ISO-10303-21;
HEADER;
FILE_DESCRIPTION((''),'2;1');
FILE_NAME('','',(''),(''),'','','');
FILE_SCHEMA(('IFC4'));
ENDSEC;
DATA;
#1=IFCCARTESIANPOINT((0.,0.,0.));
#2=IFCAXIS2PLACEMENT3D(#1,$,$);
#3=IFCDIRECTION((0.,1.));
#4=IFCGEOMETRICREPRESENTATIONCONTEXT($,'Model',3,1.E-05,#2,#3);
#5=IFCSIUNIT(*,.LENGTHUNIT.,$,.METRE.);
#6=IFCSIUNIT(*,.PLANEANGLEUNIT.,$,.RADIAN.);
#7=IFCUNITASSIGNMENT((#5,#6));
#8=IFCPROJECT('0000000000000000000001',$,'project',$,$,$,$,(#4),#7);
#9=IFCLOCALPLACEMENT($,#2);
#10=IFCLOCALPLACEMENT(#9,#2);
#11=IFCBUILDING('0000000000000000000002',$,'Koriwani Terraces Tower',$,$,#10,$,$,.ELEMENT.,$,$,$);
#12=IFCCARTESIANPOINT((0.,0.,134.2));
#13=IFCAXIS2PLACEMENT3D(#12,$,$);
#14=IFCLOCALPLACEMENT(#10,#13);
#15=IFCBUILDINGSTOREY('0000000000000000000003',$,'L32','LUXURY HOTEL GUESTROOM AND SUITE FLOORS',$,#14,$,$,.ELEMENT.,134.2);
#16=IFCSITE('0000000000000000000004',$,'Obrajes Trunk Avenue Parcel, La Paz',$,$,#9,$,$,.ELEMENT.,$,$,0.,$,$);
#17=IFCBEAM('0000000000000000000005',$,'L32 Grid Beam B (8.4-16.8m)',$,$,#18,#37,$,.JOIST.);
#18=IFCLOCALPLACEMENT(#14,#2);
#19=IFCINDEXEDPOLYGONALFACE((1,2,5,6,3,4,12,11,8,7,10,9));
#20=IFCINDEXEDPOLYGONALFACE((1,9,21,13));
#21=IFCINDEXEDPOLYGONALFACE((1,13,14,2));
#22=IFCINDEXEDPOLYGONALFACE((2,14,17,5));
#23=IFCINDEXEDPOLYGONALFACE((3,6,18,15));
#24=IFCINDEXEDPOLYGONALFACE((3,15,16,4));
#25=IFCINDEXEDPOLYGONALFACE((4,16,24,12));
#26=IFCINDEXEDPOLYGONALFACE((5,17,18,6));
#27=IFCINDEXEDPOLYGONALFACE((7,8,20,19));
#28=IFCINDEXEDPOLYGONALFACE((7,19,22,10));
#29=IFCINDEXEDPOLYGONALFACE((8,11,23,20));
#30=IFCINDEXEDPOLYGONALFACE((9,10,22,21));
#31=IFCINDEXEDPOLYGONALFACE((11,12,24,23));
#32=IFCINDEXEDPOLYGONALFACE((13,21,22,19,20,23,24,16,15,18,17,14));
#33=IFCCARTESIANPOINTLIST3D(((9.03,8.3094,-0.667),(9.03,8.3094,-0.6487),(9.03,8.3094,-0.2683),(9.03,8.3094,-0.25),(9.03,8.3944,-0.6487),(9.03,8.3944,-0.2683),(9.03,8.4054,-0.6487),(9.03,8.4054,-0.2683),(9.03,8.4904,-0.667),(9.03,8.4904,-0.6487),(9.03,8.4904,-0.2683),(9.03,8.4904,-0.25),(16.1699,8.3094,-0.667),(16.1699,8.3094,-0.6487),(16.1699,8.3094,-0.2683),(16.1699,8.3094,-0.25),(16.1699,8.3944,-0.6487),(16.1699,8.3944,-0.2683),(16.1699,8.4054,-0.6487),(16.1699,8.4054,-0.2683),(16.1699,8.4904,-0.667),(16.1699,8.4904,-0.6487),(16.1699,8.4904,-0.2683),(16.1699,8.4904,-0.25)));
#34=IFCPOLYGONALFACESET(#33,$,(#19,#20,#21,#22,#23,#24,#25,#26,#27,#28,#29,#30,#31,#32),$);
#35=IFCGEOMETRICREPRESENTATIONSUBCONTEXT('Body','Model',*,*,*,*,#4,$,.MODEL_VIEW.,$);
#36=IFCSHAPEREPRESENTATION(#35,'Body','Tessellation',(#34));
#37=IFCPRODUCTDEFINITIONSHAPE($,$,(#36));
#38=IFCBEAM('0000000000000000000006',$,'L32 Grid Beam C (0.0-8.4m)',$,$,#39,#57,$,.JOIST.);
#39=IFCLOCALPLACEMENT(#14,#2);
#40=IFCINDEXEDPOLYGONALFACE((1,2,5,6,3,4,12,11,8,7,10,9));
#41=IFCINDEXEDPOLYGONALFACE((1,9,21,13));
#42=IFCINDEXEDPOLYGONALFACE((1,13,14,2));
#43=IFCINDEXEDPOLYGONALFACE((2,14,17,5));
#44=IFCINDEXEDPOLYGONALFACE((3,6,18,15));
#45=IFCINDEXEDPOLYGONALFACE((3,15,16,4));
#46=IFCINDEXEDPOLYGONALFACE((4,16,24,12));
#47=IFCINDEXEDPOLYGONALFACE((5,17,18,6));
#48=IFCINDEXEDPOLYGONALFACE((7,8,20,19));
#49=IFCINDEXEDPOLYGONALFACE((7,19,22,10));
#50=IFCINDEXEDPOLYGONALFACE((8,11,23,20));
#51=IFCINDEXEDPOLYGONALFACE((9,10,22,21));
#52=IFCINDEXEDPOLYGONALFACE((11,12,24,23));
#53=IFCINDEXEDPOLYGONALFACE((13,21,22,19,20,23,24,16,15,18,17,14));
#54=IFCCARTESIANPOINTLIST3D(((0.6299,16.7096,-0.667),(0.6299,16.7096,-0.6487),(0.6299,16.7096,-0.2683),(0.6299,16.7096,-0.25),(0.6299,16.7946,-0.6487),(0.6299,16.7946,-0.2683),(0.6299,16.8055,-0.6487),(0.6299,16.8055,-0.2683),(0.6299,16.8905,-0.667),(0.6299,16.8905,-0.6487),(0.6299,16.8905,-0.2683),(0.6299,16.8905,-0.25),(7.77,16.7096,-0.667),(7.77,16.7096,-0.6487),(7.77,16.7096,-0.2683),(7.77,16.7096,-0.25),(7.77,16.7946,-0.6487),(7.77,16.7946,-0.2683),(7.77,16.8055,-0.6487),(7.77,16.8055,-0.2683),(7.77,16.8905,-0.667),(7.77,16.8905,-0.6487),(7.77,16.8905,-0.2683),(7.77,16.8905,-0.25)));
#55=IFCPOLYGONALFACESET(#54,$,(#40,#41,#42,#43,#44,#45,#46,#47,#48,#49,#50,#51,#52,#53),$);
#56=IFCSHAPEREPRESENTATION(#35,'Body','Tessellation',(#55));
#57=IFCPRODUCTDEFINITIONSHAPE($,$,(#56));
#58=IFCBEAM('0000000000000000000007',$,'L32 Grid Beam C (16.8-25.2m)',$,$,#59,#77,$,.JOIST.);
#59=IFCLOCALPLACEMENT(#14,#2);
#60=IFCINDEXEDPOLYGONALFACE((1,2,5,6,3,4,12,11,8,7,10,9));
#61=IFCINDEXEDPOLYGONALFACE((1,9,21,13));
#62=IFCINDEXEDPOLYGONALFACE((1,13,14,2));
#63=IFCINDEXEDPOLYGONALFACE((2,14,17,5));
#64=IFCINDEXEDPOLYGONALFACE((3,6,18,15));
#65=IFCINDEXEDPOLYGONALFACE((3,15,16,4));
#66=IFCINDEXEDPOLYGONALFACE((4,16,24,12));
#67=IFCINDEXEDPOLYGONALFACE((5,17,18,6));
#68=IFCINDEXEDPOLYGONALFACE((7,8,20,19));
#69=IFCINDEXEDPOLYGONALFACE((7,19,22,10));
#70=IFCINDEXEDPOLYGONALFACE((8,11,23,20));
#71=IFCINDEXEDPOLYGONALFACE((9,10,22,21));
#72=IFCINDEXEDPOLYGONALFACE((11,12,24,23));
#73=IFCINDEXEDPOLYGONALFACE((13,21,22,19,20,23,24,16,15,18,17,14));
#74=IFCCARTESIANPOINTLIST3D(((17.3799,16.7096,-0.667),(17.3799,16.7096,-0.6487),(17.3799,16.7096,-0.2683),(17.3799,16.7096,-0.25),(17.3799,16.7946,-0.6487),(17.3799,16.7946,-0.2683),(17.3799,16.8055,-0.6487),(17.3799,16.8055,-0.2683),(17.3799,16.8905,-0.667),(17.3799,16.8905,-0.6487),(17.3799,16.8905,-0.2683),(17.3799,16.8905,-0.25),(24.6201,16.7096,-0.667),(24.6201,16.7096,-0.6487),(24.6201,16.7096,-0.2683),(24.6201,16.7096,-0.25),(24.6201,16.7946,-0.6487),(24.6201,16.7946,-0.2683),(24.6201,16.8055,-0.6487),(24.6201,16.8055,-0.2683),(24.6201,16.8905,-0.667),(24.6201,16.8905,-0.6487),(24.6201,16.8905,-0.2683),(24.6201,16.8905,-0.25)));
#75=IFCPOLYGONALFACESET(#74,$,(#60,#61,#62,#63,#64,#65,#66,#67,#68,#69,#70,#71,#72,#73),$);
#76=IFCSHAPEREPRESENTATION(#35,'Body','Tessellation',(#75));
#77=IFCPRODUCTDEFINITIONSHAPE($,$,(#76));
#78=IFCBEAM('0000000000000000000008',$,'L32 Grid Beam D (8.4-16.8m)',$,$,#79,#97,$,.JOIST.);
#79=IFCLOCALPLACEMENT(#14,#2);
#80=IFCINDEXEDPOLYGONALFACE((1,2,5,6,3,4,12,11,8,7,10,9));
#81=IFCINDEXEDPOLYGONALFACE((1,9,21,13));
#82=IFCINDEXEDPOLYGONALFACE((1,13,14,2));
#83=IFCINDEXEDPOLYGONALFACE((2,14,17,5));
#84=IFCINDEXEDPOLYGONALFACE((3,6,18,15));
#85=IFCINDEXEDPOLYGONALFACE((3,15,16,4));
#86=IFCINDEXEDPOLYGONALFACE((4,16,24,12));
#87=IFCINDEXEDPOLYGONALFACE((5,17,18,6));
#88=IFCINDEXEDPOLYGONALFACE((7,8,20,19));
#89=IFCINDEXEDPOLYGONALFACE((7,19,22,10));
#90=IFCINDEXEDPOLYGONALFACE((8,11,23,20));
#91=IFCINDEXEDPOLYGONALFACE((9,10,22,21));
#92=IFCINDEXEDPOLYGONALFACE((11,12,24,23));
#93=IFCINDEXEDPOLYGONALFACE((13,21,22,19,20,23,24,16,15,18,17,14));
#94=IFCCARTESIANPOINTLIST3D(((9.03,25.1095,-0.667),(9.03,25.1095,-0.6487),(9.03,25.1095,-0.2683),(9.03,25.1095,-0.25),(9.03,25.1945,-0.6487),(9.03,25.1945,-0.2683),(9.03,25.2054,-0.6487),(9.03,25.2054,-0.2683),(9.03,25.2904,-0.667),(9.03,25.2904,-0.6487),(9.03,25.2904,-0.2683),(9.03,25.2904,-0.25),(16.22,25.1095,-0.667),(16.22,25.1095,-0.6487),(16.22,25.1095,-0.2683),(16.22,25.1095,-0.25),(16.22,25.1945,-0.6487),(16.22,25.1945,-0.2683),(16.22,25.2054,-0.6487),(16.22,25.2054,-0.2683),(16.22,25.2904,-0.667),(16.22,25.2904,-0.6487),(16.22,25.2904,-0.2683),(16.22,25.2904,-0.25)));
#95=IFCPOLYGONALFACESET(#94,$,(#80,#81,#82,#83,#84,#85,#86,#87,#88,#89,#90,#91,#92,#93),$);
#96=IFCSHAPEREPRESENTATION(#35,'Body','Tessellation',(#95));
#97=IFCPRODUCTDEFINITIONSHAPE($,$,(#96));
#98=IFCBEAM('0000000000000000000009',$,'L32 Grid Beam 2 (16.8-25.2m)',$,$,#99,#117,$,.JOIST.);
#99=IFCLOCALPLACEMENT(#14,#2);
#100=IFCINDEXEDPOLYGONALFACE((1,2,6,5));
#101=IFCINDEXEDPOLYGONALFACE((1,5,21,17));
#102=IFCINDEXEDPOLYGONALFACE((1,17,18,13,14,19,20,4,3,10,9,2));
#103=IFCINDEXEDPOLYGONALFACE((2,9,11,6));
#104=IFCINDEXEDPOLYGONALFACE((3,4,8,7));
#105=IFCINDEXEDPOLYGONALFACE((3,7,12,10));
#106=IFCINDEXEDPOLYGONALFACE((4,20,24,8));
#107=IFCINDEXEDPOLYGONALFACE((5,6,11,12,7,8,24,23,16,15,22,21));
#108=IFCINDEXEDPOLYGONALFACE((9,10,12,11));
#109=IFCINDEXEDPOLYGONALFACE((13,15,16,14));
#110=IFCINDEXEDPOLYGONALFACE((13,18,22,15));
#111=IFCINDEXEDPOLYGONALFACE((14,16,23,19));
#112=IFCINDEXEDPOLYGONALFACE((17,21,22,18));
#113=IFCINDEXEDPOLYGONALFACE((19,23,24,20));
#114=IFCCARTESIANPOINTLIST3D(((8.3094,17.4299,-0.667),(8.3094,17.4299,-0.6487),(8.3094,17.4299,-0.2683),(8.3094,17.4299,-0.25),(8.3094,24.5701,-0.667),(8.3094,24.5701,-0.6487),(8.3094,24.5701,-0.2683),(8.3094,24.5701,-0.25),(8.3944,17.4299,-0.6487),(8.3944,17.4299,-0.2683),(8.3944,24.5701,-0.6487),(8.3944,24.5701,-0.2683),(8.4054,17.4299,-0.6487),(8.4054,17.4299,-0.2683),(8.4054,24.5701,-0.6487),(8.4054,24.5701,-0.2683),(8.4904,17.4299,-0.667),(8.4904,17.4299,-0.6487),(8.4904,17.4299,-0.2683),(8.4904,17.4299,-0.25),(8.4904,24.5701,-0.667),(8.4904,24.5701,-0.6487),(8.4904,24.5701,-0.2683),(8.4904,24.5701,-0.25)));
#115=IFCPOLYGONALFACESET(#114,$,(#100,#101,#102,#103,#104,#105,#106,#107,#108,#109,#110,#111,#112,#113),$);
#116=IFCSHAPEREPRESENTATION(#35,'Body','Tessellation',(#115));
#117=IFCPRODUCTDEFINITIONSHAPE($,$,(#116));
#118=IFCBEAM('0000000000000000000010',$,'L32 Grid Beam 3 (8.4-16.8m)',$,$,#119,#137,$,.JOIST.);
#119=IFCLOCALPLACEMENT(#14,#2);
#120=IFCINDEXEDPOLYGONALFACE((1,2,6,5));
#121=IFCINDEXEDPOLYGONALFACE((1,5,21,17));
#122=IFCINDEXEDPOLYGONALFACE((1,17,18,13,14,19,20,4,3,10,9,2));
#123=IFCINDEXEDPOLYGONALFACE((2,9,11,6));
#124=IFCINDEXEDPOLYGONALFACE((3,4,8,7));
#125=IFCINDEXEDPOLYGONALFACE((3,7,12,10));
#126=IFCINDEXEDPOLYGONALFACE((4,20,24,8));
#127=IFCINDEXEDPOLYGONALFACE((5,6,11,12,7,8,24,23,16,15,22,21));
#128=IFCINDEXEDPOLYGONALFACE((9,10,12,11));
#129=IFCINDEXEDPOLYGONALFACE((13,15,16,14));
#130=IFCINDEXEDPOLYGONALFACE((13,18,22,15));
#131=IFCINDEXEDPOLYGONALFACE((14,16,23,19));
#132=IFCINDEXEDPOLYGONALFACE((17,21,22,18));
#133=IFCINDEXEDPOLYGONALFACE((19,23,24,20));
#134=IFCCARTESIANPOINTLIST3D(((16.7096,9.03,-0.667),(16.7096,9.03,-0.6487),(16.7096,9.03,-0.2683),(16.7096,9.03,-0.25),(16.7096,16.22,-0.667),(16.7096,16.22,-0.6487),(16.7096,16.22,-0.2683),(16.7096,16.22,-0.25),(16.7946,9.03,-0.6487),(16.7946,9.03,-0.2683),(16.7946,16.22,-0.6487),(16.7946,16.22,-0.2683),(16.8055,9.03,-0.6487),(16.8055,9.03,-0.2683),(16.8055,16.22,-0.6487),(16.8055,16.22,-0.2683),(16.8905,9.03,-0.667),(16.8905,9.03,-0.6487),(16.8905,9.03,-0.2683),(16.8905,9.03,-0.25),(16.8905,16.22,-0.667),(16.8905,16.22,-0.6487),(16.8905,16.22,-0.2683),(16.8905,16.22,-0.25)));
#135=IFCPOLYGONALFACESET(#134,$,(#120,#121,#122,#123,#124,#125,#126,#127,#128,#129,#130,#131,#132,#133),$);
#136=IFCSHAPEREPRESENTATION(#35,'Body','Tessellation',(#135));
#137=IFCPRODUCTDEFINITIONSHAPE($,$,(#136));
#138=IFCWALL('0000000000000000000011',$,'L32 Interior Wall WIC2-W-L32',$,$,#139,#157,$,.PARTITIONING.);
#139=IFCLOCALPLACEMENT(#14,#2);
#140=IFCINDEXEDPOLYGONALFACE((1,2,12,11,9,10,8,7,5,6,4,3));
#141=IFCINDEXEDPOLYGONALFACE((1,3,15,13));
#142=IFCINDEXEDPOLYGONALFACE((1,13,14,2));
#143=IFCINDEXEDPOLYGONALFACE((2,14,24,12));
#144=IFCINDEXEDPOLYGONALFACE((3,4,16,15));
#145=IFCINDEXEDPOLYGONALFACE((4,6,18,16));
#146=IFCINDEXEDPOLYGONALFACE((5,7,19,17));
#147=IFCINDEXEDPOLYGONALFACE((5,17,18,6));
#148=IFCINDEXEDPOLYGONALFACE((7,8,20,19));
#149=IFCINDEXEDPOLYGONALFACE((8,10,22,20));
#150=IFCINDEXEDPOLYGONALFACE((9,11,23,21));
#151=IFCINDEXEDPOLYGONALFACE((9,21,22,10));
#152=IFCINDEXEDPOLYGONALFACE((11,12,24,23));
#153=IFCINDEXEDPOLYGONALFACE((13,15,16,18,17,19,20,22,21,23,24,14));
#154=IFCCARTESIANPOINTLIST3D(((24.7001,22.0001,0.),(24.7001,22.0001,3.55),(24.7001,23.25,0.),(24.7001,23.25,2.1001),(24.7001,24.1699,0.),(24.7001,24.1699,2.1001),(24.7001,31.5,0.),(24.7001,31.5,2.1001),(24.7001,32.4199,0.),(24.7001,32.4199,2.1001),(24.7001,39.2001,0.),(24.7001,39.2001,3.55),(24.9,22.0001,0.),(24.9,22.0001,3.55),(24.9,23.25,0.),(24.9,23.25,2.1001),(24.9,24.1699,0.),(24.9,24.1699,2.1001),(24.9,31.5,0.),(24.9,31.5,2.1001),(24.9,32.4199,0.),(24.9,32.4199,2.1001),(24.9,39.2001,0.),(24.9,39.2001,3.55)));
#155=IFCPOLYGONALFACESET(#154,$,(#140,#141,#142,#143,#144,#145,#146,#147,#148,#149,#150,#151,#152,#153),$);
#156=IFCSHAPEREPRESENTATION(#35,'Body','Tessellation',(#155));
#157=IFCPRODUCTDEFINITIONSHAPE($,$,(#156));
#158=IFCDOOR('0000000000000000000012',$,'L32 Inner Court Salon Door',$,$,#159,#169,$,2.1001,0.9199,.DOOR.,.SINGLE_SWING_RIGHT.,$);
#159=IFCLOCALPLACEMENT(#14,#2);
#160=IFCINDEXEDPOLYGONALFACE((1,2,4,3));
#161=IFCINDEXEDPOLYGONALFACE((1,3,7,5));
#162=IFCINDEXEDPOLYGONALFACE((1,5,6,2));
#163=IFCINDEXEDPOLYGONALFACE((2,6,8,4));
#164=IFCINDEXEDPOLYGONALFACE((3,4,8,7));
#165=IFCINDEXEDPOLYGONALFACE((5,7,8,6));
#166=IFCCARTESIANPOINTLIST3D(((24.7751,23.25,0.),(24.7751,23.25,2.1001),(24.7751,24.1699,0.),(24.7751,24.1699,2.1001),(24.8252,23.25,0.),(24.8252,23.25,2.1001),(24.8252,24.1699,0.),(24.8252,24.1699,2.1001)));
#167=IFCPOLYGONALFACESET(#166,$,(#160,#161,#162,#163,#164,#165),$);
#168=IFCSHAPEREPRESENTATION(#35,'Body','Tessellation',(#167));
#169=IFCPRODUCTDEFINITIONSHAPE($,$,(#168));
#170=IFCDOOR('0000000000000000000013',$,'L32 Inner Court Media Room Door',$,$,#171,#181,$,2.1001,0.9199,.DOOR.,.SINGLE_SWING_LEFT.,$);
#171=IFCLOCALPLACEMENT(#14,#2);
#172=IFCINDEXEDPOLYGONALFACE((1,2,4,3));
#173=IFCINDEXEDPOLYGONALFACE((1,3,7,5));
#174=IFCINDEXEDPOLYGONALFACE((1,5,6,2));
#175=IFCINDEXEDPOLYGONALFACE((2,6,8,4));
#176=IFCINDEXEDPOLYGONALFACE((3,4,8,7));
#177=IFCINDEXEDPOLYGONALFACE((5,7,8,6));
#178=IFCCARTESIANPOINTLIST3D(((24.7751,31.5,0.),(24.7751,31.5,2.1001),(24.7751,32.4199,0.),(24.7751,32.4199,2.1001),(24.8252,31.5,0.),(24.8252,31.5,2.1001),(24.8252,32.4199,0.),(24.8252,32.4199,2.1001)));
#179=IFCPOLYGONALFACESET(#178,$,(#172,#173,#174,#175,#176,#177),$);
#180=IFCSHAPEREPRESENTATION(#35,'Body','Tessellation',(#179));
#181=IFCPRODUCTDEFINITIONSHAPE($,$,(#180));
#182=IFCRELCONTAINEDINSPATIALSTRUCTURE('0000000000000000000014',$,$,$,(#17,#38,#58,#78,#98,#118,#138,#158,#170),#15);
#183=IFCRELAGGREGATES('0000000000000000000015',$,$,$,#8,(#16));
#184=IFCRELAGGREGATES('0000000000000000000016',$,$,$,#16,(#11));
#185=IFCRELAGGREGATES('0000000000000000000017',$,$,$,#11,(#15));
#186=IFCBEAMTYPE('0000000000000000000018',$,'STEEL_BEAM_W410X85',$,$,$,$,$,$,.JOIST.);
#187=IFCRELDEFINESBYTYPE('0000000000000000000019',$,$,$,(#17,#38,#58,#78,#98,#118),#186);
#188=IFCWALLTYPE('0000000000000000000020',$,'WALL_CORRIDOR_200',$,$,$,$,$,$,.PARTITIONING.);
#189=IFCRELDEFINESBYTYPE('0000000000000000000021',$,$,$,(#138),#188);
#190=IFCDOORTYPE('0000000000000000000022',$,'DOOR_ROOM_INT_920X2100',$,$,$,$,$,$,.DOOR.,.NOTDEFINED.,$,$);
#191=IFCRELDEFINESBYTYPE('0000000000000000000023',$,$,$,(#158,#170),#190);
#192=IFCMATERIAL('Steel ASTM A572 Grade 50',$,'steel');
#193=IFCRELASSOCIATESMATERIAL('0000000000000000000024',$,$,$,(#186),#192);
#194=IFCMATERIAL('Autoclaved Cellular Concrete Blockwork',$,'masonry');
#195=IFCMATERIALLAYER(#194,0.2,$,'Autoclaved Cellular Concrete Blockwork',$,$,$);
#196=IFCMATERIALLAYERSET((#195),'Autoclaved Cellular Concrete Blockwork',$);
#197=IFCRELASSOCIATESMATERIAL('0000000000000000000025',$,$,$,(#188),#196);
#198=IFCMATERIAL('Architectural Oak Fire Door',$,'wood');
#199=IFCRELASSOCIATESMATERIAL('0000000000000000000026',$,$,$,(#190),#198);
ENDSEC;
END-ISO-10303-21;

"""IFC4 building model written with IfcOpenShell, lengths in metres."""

from ifc_helpers import new_model, si_unit, direction, frame, frame_2d, origin, origin_2d, place, context, subcontext, project, spatial, rectangle, i_section, extrude, material, layer, layer_set, material_profile, profile_set, type_object, element, fill, save


model = new_model("IFC4")

# Units and contexts
model_context = context("Model", 3, precision=1e-05, world=origin(), true_north=direction((0.0, 1.0)))
body_context = subcontext(model_context, "Body", "Model", "MODEL_VIEW")
ifc_project = project(units=[si_unit("LENGTHUNIT", "METRE"), si_unit("PLANEANGLEUNIT", "RADIAN")], contexts=[model_context])

# Site, building, storey
site_placement = place(None, origin())
site = spatial("IfcSite", under=ifc_project, at=site_placement, Name="Obrajes Trunk Avenue Parcel, La Paz", CompositionType="ELEMENT", RefElevation=0.0)
building_placement = place(site_placement, origin())
building = spatial("IfcBuilding", under=site, at=building_placement, Name="Koriwani Terraces Tower", CompositionType="ELEMENT")
storey_placement = place(building_placement, frame((0.0, 0.0, 134.2)))
storey = spatial("IfcBuildingStorey", under=building, at=storey_placement, Name="L32", Description="LUXURY HOTEL GUESTROOM AND SUITE FLOORS", CompositionType="ELEMENT", Elevation=134.2)

# Beams
ifc_material_1 = material(Name="Steel ASTM A572 Grade 50", Category="steel")
ifc_material_profile_1 = material_profile(ifc_material_1, i_section(OverallWidth=0.1809, OverallDepth=0.417, WebThickness=0.011, FlangeThickness=0.0183, at=origin_2d()), Name="Steel ASTM A572 Grade 50", Category="LoadBearing")
ifc_profile_set_1 = profile_set([ifc_material_profile_1], Name="Steel ASTM A572 Grade 50")
beam_type_1 = type_object("IfcBeamType", Name="STEEL_BEAM_W410X85", PredefinedType="JOIST", material=ifc_profile_set_1)
beam_1_placement = place(storey_placement, frame((9.03, 8.3999, -0.4585), z_axis=(1.0, 0.0, 0.0), x_axis=(0.0, 1.0, 0.0)))
element("IfcBeam", 1, at=beam_1_placement, inside=storey, type_object=beam_type_1, Name="L32 Grid Beam B (8.4-16.8m)", PredefinedType="JOIST", context=body_context, shape_type="SweptSolid", body=[
    extrude(i_section(OverallWidth=0.1809, OverallDepth=0.417, WebThickness=0.011, FlangeThickness=0.0183, at=origin_2d()), origin(), (0.0, 0.0, 1.0), 7.1399),
])
beam_2_placement = place(storey_placement, frame((0.6299, 16.8, -0.4585), z_axis=(1.0, 0.0, 0.0), x_axis=(0.0, 1.0, 0.0)))
element("IfcBeam", 2, at=beam_2_placement, inside=storey, type_object=beam_type_1, Name="L32 Grid Beam C (0.0-8.4m)", PredefinedType="JOIST", context=body_context, shape_type="SweptSolid", body=[
    extrude(i_section(OverallWidth=0.1809, OverallDepth=0.417, WebThickness=0.011, FlangeThickness=0.0183, at=origin_2d()), origin(), (0.0, 0.0, 1.0), 7.1401),
])
beam_3_placement = place(storey_placement, frame((17.3799, 16.8, -0.4585), z_axis=(1.0, 0.0, 0.0), x_axis=(0.0, 1.0, 0.0)))
element("IfcBeam", 3, at=beam_3_placement, inside=storey, type_object=beam_type_1, Name="L32 Grid Beam C (16.8-25.2m)", PredefinedType="JOIST", context=body_context, shape_type="SweptSolid", body=[
    extrude(i_section(OverallWidth=0.1809, OverallDepth=0.417, WebThickness=0.011, FlangeThickness=0.0183, at=origin_2d()), origin(), (0.0, 0.0, 1.0), 7.2402),
])
beam_4_placement = place(storey_placement, frame((9.03, 25.2, -0.4585), z_axis=(1.0, 0.0, 0.0), x_axis=(0.0, 1.0, 0.0)))
element("IfcBeam", 4, at=beam_4_placement, inside=storey, type_object=beam_type_1, Name="L32 Grid Beam D (8.4-16.8m)", PredefinedType="JOIST", context=body_context, shape_type="SweptSolid", body=[
    extrude(i_section(OverallWidth=0.1809, OverallDepth=0.417, WebThickness=0.011, FlangeThickness=0.0183, at=origin_2d()), origin(), (0.0, 0.0, 1.0), 7.1899),
])
beam_5_placement = place(storey_placement, frame((8.3999, 17.4299, -0.4585), z_axis=(0.0, 1.0, 0.0), x_axis=(-1.0, 0.0, 0.0)))
element("IfcBeam", 5, at=beam_5_placement, inside=storey, type_object=beam_type_1, Name="L32 Grid Beam 2 (16.8-25.2m)", PredefinedType="JOIST", context=body_context, shape_type="SweptSolid", body=[
    extrude(i_section(OverallWidth=0.1809, OverallDepth=0.417, WebThickness=0.011, FlangeThickness=0.0183, at=origin_2d()), origin(), (0.0, 0.0, 1.0), 7.1401),
])
beam_6_placement = place(storey_placement, frame((16.8, 9.03, -0.4585), z_axis=(0.0, 1.0, 0.0), x_axis=(-1.0, 0.0, 0.0)))
element("IfcBeam", 6, at=beam_6_placement, inside=storey, type_object=beam_type_1, Name="L32 Grid Beam 3 (8.4-16.8m)", PredefinedType="JOIST", context=body_context, shape_type="SweptSolid", body=[
    extrude(i_section(OverallWidth=0.1809, OverallDepth=0.417, WebThickness=0.011, FlangeThickness=0.0183, at=origin_2d()), origin(), (0.0, 0.0, 1.0), 7.1899),
])

# Wall, openings, doors
ifc_material_2 = material(Name="Autoclaved Cellular Concrete Blockwork", Category="masonry")
ifc_layer_1 = layer(ifc_material_2, 0.2, Name="Autoclaved Cellular Concrete Blockwork")
ifc_layer_set_1 = layer_set([ifc_layer_1], Name="Autoclaved Cellular Concrete Blockwork")
wall_type_1 = type_object("IfcWallType", Name="WALL_CORRIDOR_200", PredefinedType="PARTITIONING", material=ifc_layer_set_1)
wall_1_placement = place(storey_placement, frame((24.8, 22.0, 0.0), z_axis=(0.0, 0.0, 1.0), x_axis=(0.0, 1.0, 0.0)))
wall_1 = element("IfcWall", 7, at=wall_1_placement, inside=storey, type_object=wall_type_1, Name="L32 Interior Wall WIC2-W-L32", PredefinedType="PARTITIONING", context=body_context, shape_type="SweptSolid", body=[
    extrude(rectangle(XDim=17.2, YDim=0.2, at=frame_2d((8.6001, 0.0))), origin(), (0.0, 0.0, 1.0), 3.55),
])
opening_1_placement = place(wall_1_placement, frame((1.25, 0.0, 0.0)))
opening_1 = element("IfcOpeningElement", 8, at=opening_1_placement, cuts=wall_1, PredefinedType="OPENING", context=body_context, shape_type="SweptSolid", body=[
    extrude(rectangle(XDim=0.9199, YDim=2.1001, at=frame_2d((0.46, 1.05))), frame((0.0, 0.1099, 0.0), z_axis=(0.0, -1.0, 0.0), x_axis=(1.0, 0.0, 0.0)), (0.0, 0.0, 1.0), 0.22),
])
opening_2_placement = place(wall_1_placement, frame((9.5, 0.0, 0.0)))
opening_2 = element("IfcOpeningElement", 9, at=opening_2_placement, cuts=wall_1, PredefinedType="OPENING", context=body_context, shape_type="SweptSolid", body=[
    extrude(rectangle(XDim=0.9199, YDim=2.1001, at=frame_2d((0.46, 1.05))), frame((0.0, 0.1099, 0.0), z_axis=(0.0, -1.0, 0.0), x_axis=(1.0, 0.0, 0.0)), (0.0, 0.0, 1.0), 0.22),
])
ifc_material_3 = material(Name="Architectural Oak Fire Door", Category="wood")
door_type_1 = type_object("IfcDoorType", Name="DOOR_ROOM_INT_920X2100", OperationType="NOTDEFINED", PredefinedType="DOOR", material=ifc_material_3)
door_1_placement = place(opening_1_placement, origin())
door_1 = element("IfcDoor", 10, at=door_1_placement, inside=storey, type_object=door_type_1, Name="L32 Inner Court Salon Door", OperationType="SINGLE_SWING_RIGHT", OverallHeight=2.1001, OverallWidth=0.9199, PredefinedType="DOOR", context=body_context, shape_type="SweptSolid", body=[
    extrude(rectangle(XDim=0.9199, YDim=2.1001, at=frame_2d((0.46, 1.05))), frame((0.0, 0.0249, 0.0), z_axis=(0.0, -1.0, 0.0), x_axis=(1.0, 0.0, 0.0)), (0.0, 0.0, 1.0), 0.05),
])
fill(opening_1, door_1)
door_2_placement = place(opening_2_placement, origin())
door_2 = element("IfcDoor", 11, at=door_2_placement, inside=storey, type_object=door_type_1, Name="L32 Inner Court Media Room Door", OperationType="SINGLE_SWING_LEFT", OverallHeight=2.1001, OverallWidth=0.9199, PredefinedType="DOOR", context=body_context, shape_type="SweptSolid", body=[
    extrude(rectangle(XDim=0.9199, YDim=2.1001, at=frame_2d((0.46, 1.05))), frame((0.0, 0.0249, 0.0), z_axis=(0.0, -1.0, 0.0), x_axis=(1.0, 0.0, 0.0)), (0.0, 0.0, 1.0), 0.05),
])
fill(opening_2, door_2)

save(model, "model.ifc")
